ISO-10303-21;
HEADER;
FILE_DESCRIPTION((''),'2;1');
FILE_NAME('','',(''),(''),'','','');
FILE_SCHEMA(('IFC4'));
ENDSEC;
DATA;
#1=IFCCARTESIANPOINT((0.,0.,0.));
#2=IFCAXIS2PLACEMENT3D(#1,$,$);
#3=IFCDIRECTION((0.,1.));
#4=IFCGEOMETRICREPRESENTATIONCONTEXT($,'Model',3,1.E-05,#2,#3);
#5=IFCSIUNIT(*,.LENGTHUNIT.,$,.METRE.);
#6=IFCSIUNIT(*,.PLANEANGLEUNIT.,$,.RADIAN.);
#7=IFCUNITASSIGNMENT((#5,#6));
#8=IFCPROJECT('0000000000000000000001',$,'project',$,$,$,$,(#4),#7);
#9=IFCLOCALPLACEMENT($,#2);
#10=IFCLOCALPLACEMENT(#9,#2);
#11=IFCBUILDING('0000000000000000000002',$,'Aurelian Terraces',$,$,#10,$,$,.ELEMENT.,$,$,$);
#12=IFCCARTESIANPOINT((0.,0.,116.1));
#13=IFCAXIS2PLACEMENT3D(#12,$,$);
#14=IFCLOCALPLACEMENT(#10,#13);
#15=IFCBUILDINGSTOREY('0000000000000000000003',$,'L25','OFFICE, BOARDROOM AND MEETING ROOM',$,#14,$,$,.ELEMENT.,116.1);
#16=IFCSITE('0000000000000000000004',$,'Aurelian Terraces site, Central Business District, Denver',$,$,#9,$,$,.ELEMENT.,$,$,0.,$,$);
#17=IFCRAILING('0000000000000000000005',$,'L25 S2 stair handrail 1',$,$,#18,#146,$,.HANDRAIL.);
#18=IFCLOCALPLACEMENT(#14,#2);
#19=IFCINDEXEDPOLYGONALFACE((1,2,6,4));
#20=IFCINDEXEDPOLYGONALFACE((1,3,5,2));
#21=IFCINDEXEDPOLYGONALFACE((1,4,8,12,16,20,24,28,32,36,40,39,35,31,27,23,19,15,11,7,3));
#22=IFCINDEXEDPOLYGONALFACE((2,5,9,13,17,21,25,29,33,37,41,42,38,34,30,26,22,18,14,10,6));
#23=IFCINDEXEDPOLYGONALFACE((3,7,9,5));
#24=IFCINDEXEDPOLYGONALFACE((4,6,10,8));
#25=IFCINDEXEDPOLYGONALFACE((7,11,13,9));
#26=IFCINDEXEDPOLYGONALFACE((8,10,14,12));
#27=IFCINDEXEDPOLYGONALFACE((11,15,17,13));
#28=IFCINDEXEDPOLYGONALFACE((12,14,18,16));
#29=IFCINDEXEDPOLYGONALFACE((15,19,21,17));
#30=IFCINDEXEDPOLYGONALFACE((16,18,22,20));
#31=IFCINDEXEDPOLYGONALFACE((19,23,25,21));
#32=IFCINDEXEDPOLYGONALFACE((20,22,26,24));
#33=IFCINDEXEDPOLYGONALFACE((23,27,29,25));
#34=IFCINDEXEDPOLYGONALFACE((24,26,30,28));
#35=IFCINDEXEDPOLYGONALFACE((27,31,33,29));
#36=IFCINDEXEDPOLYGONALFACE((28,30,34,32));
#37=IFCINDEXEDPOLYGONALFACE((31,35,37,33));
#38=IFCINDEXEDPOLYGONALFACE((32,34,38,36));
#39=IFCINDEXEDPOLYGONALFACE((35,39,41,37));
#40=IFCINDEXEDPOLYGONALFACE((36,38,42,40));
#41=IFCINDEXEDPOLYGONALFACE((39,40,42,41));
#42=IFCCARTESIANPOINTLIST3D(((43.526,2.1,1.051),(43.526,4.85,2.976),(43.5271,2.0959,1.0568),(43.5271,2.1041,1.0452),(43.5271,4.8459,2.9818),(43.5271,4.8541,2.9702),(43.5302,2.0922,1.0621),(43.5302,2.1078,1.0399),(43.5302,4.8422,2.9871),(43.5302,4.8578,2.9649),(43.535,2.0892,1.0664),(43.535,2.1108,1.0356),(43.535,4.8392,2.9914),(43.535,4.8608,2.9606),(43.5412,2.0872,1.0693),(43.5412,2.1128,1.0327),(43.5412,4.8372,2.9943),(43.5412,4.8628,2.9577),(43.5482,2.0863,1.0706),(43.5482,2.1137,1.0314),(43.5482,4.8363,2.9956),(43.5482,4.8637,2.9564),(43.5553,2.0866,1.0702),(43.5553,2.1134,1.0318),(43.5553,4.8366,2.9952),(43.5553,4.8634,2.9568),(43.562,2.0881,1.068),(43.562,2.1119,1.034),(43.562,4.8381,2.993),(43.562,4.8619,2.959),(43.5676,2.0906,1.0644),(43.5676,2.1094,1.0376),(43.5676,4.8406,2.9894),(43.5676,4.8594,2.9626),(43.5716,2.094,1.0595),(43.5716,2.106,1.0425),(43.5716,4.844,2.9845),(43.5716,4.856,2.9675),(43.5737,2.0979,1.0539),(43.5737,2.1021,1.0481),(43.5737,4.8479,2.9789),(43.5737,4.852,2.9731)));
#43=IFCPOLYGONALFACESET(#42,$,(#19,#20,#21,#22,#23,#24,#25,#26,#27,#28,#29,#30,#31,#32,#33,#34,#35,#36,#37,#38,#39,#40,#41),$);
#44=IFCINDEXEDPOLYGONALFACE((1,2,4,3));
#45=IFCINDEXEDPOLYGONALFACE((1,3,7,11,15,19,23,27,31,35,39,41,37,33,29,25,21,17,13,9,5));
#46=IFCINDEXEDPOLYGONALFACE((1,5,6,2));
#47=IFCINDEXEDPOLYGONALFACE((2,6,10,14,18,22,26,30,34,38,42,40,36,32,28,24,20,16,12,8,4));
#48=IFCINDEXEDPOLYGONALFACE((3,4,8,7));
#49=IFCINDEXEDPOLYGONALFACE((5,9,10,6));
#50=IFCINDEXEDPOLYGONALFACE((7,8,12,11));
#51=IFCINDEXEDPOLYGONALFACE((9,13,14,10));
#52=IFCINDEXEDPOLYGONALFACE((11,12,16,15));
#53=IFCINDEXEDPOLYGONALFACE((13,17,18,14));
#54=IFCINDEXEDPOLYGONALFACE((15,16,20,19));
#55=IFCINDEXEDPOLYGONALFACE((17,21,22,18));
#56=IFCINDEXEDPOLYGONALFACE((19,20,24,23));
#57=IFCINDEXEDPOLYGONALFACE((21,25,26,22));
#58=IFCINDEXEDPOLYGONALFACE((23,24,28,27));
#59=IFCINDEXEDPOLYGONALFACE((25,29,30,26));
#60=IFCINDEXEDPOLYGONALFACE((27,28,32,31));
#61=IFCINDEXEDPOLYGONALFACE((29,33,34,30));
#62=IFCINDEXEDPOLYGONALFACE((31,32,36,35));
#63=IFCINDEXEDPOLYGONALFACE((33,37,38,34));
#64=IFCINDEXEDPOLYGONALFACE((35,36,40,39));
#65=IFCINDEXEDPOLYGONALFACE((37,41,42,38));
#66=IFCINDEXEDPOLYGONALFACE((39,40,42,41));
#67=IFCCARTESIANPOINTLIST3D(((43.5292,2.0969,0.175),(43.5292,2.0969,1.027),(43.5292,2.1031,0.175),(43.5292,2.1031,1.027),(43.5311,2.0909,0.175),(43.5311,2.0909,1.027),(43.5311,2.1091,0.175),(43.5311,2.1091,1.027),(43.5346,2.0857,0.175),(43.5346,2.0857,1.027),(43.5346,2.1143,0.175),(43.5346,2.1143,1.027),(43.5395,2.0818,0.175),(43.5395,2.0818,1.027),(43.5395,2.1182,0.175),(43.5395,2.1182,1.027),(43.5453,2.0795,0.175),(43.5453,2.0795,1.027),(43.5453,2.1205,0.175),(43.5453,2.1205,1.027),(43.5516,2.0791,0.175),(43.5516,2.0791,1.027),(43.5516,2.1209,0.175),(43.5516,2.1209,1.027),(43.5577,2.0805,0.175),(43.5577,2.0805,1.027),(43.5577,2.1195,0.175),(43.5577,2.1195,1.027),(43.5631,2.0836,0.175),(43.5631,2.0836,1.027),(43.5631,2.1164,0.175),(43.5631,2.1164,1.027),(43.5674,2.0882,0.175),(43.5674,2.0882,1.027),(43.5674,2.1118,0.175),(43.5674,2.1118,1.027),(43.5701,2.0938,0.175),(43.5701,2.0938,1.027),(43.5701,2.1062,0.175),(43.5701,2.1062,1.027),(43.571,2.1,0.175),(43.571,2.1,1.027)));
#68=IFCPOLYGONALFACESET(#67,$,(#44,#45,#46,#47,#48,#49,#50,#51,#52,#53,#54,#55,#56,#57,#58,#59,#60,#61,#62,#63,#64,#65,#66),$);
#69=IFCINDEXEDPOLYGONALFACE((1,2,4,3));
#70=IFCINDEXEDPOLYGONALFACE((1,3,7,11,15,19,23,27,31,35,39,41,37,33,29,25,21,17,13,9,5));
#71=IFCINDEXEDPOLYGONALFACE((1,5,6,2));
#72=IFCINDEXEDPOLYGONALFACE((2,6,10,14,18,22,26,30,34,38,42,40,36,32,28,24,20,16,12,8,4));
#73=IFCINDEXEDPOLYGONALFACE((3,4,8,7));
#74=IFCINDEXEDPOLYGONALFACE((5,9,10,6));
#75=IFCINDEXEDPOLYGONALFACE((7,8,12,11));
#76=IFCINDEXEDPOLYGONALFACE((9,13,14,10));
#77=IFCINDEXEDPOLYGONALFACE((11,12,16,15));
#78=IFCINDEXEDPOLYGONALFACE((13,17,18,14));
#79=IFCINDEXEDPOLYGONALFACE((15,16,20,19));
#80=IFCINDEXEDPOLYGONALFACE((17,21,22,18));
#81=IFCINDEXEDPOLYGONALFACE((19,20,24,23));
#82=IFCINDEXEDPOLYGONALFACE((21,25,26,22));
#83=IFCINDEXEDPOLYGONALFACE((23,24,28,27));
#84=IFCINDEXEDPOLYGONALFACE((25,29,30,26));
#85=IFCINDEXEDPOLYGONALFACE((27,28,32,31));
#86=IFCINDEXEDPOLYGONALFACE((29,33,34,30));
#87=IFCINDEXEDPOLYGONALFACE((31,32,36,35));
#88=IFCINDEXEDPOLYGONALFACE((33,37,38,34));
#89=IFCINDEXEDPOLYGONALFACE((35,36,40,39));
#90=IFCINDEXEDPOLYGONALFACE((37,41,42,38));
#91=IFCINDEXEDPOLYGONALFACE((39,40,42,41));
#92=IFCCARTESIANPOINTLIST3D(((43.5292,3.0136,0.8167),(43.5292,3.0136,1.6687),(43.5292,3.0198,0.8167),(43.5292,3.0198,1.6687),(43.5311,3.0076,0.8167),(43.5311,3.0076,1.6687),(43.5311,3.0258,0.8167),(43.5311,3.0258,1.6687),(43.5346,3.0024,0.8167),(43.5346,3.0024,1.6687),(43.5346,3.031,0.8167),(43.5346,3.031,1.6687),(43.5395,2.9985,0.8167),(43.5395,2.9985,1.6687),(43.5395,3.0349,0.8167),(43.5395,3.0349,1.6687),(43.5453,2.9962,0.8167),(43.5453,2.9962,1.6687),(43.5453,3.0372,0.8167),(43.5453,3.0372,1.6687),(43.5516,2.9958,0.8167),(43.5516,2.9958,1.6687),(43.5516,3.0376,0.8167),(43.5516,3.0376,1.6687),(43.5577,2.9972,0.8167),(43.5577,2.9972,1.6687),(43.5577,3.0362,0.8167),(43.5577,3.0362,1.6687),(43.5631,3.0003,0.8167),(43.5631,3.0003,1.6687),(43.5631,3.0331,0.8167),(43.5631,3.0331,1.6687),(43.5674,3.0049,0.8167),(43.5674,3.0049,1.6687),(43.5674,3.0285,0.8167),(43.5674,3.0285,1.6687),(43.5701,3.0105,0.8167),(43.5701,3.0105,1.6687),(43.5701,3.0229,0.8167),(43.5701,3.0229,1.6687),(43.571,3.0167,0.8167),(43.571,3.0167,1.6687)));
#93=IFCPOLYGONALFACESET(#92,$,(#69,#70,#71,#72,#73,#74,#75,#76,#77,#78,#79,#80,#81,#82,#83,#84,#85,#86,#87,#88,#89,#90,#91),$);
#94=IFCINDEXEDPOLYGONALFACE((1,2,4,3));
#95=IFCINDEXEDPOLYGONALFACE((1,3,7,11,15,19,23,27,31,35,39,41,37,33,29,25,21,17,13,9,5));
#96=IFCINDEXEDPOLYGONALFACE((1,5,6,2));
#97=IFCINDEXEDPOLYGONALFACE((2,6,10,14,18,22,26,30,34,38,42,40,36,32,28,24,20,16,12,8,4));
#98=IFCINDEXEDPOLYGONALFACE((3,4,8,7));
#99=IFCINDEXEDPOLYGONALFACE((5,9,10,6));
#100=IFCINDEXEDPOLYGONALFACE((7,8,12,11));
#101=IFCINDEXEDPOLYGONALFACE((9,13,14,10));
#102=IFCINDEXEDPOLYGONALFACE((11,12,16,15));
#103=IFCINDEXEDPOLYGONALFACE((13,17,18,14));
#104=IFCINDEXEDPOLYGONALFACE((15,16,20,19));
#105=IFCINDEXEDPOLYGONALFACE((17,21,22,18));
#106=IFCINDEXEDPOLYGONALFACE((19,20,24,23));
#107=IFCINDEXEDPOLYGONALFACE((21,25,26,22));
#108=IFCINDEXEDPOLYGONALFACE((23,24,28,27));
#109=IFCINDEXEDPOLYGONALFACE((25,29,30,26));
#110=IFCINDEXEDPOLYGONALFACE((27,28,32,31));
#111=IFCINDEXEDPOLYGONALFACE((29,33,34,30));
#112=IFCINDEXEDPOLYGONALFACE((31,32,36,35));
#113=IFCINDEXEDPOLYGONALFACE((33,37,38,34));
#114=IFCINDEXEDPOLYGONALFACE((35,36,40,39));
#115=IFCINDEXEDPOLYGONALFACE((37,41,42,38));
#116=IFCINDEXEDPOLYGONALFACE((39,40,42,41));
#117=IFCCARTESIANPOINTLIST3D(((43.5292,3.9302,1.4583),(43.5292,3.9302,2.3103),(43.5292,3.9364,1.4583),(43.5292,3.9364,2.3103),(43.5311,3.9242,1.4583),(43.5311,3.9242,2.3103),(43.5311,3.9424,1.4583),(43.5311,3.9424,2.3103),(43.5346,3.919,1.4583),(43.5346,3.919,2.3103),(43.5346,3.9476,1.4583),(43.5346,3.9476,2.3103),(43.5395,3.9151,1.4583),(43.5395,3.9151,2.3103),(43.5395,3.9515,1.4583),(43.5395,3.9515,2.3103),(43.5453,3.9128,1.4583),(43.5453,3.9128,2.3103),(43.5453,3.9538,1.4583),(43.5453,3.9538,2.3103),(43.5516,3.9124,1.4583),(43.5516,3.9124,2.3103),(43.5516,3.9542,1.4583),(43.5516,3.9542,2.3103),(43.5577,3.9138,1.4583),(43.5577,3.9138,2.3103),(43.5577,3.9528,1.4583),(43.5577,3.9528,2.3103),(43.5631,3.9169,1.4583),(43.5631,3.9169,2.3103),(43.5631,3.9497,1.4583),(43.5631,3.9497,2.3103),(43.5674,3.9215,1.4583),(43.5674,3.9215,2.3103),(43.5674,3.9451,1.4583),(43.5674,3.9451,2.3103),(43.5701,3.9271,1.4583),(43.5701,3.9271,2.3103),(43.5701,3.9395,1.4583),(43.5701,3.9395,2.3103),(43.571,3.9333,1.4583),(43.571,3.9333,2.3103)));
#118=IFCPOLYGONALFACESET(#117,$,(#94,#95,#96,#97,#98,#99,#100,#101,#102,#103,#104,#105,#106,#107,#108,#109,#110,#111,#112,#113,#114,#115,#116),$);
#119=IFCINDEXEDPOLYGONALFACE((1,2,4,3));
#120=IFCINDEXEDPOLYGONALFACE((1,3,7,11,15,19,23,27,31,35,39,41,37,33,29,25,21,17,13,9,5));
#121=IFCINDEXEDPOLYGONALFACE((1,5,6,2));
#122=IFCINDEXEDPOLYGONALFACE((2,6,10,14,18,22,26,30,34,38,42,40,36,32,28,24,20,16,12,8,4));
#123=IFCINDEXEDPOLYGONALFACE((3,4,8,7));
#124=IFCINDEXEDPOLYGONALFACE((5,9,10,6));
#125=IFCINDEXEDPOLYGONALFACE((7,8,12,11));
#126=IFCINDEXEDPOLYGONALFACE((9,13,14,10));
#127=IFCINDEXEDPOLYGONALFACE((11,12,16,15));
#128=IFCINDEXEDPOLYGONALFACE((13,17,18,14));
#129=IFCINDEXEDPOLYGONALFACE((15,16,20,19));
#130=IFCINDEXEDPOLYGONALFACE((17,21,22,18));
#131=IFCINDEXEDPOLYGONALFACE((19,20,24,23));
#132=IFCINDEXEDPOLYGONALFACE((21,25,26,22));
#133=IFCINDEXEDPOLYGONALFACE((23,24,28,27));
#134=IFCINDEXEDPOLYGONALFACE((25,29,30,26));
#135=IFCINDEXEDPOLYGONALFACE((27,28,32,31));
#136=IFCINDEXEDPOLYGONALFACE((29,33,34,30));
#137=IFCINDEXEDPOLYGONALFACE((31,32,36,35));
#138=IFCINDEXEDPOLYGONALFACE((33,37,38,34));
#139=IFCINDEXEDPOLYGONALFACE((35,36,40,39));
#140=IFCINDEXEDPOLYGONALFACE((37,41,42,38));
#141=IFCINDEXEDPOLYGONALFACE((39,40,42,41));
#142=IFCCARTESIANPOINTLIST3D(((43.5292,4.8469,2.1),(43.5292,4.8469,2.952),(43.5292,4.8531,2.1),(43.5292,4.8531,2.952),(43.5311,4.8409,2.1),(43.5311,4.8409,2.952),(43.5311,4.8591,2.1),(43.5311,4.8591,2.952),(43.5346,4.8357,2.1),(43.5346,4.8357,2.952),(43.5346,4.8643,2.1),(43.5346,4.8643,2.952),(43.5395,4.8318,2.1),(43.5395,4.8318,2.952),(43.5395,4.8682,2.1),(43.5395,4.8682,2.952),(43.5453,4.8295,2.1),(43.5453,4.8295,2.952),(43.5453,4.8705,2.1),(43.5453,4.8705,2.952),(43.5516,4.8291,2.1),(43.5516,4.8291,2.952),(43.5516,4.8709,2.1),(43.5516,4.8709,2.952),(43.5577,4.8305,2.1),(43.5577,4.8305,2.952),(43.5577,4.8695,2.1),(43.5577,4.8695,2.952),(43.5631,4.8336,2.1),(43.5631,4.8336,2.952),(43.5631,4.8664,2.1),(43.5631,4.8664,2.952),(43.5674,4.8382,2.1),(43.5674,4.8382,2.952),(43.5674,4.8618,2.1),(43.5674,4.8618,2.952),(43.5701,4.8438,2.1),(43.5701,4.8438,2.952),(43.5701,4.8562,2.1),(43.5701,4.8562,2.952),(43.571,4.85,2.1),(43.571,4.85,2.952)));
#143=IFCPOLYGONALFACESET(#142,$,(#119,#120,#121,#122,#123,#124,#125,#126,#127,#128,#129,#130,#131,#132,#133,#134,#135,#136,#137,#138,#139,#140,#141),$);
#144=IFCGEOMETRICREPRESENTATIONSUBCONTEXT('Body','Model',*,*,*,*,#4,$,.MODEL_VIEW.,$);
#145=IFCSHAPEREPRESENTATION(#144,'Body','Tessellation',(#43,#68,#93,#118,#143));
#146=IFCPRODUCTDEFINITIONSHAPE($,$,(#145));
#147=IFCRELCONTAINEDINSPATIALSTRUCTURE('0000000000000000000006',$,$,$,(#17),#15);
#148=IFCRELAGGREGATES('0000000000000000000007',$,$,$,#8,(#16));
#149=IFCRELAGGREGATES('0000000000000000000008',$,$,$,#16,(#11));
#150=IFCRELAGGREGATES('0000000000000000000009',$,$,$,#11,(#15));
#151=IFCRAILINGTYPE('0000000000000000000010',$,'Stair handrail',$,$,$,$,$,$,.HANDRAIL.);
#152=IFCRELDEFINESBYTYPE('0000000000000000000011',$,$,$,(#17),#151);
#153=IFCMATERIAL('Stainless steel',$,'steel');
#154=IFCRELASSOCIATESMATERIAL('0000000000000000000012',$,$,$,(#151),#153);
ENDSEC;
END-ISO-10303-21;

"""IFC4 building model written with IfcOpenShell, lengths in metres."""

from ifc_helpers import new_model, si_unit, direction, frame, origin, origin_2d, place, context, subcontext, project, spatial, circle, extrude, source, transform, mapped, material, type_object, element, save


model = new_model("IFC4")

# Units and contexts
model_context = context("Model", 3, precision=1e-05, world=origin(), true_north=direction((0.0, 1.0)))
body_context = subcontext(model_context, "Body", "Model", "MODEL_VIEW")
ifc_project = project(units=[si_unit("LENGTHUNIT", "METRE"), si_unit("PLANEANGLEUNIT", "RADIAN")], contexts=[model_context])

# Site, building, storey
site_placement = place(None, origin())
site = spatial("IfcSite", under=ifc_project, at=site_placement, Name="Aurelian Terraces site, Central Business District, Denver", CompositionType="ELEMENT", RefElevation=0.0)
building_placement = place(site_placement, origin())
building = spatial("IfcBuilding", under=site, at=building_placement, Name="Aurelian Terraces", CompositionType="ELEMENT")
storey_placement = place(building_placement, frame((0.0, 0.0, 116.1)))
storey = spatial("IfcBuildingStorey", under=building, at=storey_placement, Name="L25", Description="OFFICE, BOARDROOM AND MEETING ROOM", CompositionType="ELEMENT", Elevation=116.1)

# Railing
ifc_material_1 = material(Name="Stainless steel", Category="steel")
railing_type_1 = type_object("IfcRailingType", Name="Stair handrail", PredefinedType="HANDRAIL", material=ifc_material_1)
shared_shape_1 = source(origin(), body_context, "Body", "SweptSolid", [
    extrude(circle(Radius=0.024, at=origin_2d()), frame((0.0, 0.0, 0.876), z_axis=(0.0, 0.819232, 0.573462), x_axis=(-1.0, 0.0, 0.0)), (0.0, 0.0, 1.0), 3.3568),
    extrude(circle(Radius=0.021, at=origin_2d()), origin(), (0.0, 0.0, 1.0), 0.852),
    extrude(circle(Radius=0.021, at=origin_2d()), frame((0.0, 0.9167, 0.6417)), (0.0, 0.0, 1.0), 0.852),
    extrude(circle(Radius=0.021, at=origin_2d()), frame((0.0, 1.8333, 1.2833)), (0.0, 0.0, 1.0), 0.852),
    extrude(circle(Radius=0.021, at=origin_2d()), frame((0.0, 2.75, 1.925)), (0.0, 0.0, 1.0), 0.852),
])
railing_1_placement = place(storey_placement, frame((43.55, 2.1, 0.175)))
element("IfcRailing", 1, at=railing_1_placement, inside=storey, type_object=railing_type_1, Name="L25 S2 stair handrail 1", PredefinedType="HANDRAIL", context=body_context, shape_type="MappedRepresentation", body=[
    mapped(shared_shape_1, transform((0.0, 0.0, 0.0), scale=1.0)),
])

save(model, "model.ifc")
